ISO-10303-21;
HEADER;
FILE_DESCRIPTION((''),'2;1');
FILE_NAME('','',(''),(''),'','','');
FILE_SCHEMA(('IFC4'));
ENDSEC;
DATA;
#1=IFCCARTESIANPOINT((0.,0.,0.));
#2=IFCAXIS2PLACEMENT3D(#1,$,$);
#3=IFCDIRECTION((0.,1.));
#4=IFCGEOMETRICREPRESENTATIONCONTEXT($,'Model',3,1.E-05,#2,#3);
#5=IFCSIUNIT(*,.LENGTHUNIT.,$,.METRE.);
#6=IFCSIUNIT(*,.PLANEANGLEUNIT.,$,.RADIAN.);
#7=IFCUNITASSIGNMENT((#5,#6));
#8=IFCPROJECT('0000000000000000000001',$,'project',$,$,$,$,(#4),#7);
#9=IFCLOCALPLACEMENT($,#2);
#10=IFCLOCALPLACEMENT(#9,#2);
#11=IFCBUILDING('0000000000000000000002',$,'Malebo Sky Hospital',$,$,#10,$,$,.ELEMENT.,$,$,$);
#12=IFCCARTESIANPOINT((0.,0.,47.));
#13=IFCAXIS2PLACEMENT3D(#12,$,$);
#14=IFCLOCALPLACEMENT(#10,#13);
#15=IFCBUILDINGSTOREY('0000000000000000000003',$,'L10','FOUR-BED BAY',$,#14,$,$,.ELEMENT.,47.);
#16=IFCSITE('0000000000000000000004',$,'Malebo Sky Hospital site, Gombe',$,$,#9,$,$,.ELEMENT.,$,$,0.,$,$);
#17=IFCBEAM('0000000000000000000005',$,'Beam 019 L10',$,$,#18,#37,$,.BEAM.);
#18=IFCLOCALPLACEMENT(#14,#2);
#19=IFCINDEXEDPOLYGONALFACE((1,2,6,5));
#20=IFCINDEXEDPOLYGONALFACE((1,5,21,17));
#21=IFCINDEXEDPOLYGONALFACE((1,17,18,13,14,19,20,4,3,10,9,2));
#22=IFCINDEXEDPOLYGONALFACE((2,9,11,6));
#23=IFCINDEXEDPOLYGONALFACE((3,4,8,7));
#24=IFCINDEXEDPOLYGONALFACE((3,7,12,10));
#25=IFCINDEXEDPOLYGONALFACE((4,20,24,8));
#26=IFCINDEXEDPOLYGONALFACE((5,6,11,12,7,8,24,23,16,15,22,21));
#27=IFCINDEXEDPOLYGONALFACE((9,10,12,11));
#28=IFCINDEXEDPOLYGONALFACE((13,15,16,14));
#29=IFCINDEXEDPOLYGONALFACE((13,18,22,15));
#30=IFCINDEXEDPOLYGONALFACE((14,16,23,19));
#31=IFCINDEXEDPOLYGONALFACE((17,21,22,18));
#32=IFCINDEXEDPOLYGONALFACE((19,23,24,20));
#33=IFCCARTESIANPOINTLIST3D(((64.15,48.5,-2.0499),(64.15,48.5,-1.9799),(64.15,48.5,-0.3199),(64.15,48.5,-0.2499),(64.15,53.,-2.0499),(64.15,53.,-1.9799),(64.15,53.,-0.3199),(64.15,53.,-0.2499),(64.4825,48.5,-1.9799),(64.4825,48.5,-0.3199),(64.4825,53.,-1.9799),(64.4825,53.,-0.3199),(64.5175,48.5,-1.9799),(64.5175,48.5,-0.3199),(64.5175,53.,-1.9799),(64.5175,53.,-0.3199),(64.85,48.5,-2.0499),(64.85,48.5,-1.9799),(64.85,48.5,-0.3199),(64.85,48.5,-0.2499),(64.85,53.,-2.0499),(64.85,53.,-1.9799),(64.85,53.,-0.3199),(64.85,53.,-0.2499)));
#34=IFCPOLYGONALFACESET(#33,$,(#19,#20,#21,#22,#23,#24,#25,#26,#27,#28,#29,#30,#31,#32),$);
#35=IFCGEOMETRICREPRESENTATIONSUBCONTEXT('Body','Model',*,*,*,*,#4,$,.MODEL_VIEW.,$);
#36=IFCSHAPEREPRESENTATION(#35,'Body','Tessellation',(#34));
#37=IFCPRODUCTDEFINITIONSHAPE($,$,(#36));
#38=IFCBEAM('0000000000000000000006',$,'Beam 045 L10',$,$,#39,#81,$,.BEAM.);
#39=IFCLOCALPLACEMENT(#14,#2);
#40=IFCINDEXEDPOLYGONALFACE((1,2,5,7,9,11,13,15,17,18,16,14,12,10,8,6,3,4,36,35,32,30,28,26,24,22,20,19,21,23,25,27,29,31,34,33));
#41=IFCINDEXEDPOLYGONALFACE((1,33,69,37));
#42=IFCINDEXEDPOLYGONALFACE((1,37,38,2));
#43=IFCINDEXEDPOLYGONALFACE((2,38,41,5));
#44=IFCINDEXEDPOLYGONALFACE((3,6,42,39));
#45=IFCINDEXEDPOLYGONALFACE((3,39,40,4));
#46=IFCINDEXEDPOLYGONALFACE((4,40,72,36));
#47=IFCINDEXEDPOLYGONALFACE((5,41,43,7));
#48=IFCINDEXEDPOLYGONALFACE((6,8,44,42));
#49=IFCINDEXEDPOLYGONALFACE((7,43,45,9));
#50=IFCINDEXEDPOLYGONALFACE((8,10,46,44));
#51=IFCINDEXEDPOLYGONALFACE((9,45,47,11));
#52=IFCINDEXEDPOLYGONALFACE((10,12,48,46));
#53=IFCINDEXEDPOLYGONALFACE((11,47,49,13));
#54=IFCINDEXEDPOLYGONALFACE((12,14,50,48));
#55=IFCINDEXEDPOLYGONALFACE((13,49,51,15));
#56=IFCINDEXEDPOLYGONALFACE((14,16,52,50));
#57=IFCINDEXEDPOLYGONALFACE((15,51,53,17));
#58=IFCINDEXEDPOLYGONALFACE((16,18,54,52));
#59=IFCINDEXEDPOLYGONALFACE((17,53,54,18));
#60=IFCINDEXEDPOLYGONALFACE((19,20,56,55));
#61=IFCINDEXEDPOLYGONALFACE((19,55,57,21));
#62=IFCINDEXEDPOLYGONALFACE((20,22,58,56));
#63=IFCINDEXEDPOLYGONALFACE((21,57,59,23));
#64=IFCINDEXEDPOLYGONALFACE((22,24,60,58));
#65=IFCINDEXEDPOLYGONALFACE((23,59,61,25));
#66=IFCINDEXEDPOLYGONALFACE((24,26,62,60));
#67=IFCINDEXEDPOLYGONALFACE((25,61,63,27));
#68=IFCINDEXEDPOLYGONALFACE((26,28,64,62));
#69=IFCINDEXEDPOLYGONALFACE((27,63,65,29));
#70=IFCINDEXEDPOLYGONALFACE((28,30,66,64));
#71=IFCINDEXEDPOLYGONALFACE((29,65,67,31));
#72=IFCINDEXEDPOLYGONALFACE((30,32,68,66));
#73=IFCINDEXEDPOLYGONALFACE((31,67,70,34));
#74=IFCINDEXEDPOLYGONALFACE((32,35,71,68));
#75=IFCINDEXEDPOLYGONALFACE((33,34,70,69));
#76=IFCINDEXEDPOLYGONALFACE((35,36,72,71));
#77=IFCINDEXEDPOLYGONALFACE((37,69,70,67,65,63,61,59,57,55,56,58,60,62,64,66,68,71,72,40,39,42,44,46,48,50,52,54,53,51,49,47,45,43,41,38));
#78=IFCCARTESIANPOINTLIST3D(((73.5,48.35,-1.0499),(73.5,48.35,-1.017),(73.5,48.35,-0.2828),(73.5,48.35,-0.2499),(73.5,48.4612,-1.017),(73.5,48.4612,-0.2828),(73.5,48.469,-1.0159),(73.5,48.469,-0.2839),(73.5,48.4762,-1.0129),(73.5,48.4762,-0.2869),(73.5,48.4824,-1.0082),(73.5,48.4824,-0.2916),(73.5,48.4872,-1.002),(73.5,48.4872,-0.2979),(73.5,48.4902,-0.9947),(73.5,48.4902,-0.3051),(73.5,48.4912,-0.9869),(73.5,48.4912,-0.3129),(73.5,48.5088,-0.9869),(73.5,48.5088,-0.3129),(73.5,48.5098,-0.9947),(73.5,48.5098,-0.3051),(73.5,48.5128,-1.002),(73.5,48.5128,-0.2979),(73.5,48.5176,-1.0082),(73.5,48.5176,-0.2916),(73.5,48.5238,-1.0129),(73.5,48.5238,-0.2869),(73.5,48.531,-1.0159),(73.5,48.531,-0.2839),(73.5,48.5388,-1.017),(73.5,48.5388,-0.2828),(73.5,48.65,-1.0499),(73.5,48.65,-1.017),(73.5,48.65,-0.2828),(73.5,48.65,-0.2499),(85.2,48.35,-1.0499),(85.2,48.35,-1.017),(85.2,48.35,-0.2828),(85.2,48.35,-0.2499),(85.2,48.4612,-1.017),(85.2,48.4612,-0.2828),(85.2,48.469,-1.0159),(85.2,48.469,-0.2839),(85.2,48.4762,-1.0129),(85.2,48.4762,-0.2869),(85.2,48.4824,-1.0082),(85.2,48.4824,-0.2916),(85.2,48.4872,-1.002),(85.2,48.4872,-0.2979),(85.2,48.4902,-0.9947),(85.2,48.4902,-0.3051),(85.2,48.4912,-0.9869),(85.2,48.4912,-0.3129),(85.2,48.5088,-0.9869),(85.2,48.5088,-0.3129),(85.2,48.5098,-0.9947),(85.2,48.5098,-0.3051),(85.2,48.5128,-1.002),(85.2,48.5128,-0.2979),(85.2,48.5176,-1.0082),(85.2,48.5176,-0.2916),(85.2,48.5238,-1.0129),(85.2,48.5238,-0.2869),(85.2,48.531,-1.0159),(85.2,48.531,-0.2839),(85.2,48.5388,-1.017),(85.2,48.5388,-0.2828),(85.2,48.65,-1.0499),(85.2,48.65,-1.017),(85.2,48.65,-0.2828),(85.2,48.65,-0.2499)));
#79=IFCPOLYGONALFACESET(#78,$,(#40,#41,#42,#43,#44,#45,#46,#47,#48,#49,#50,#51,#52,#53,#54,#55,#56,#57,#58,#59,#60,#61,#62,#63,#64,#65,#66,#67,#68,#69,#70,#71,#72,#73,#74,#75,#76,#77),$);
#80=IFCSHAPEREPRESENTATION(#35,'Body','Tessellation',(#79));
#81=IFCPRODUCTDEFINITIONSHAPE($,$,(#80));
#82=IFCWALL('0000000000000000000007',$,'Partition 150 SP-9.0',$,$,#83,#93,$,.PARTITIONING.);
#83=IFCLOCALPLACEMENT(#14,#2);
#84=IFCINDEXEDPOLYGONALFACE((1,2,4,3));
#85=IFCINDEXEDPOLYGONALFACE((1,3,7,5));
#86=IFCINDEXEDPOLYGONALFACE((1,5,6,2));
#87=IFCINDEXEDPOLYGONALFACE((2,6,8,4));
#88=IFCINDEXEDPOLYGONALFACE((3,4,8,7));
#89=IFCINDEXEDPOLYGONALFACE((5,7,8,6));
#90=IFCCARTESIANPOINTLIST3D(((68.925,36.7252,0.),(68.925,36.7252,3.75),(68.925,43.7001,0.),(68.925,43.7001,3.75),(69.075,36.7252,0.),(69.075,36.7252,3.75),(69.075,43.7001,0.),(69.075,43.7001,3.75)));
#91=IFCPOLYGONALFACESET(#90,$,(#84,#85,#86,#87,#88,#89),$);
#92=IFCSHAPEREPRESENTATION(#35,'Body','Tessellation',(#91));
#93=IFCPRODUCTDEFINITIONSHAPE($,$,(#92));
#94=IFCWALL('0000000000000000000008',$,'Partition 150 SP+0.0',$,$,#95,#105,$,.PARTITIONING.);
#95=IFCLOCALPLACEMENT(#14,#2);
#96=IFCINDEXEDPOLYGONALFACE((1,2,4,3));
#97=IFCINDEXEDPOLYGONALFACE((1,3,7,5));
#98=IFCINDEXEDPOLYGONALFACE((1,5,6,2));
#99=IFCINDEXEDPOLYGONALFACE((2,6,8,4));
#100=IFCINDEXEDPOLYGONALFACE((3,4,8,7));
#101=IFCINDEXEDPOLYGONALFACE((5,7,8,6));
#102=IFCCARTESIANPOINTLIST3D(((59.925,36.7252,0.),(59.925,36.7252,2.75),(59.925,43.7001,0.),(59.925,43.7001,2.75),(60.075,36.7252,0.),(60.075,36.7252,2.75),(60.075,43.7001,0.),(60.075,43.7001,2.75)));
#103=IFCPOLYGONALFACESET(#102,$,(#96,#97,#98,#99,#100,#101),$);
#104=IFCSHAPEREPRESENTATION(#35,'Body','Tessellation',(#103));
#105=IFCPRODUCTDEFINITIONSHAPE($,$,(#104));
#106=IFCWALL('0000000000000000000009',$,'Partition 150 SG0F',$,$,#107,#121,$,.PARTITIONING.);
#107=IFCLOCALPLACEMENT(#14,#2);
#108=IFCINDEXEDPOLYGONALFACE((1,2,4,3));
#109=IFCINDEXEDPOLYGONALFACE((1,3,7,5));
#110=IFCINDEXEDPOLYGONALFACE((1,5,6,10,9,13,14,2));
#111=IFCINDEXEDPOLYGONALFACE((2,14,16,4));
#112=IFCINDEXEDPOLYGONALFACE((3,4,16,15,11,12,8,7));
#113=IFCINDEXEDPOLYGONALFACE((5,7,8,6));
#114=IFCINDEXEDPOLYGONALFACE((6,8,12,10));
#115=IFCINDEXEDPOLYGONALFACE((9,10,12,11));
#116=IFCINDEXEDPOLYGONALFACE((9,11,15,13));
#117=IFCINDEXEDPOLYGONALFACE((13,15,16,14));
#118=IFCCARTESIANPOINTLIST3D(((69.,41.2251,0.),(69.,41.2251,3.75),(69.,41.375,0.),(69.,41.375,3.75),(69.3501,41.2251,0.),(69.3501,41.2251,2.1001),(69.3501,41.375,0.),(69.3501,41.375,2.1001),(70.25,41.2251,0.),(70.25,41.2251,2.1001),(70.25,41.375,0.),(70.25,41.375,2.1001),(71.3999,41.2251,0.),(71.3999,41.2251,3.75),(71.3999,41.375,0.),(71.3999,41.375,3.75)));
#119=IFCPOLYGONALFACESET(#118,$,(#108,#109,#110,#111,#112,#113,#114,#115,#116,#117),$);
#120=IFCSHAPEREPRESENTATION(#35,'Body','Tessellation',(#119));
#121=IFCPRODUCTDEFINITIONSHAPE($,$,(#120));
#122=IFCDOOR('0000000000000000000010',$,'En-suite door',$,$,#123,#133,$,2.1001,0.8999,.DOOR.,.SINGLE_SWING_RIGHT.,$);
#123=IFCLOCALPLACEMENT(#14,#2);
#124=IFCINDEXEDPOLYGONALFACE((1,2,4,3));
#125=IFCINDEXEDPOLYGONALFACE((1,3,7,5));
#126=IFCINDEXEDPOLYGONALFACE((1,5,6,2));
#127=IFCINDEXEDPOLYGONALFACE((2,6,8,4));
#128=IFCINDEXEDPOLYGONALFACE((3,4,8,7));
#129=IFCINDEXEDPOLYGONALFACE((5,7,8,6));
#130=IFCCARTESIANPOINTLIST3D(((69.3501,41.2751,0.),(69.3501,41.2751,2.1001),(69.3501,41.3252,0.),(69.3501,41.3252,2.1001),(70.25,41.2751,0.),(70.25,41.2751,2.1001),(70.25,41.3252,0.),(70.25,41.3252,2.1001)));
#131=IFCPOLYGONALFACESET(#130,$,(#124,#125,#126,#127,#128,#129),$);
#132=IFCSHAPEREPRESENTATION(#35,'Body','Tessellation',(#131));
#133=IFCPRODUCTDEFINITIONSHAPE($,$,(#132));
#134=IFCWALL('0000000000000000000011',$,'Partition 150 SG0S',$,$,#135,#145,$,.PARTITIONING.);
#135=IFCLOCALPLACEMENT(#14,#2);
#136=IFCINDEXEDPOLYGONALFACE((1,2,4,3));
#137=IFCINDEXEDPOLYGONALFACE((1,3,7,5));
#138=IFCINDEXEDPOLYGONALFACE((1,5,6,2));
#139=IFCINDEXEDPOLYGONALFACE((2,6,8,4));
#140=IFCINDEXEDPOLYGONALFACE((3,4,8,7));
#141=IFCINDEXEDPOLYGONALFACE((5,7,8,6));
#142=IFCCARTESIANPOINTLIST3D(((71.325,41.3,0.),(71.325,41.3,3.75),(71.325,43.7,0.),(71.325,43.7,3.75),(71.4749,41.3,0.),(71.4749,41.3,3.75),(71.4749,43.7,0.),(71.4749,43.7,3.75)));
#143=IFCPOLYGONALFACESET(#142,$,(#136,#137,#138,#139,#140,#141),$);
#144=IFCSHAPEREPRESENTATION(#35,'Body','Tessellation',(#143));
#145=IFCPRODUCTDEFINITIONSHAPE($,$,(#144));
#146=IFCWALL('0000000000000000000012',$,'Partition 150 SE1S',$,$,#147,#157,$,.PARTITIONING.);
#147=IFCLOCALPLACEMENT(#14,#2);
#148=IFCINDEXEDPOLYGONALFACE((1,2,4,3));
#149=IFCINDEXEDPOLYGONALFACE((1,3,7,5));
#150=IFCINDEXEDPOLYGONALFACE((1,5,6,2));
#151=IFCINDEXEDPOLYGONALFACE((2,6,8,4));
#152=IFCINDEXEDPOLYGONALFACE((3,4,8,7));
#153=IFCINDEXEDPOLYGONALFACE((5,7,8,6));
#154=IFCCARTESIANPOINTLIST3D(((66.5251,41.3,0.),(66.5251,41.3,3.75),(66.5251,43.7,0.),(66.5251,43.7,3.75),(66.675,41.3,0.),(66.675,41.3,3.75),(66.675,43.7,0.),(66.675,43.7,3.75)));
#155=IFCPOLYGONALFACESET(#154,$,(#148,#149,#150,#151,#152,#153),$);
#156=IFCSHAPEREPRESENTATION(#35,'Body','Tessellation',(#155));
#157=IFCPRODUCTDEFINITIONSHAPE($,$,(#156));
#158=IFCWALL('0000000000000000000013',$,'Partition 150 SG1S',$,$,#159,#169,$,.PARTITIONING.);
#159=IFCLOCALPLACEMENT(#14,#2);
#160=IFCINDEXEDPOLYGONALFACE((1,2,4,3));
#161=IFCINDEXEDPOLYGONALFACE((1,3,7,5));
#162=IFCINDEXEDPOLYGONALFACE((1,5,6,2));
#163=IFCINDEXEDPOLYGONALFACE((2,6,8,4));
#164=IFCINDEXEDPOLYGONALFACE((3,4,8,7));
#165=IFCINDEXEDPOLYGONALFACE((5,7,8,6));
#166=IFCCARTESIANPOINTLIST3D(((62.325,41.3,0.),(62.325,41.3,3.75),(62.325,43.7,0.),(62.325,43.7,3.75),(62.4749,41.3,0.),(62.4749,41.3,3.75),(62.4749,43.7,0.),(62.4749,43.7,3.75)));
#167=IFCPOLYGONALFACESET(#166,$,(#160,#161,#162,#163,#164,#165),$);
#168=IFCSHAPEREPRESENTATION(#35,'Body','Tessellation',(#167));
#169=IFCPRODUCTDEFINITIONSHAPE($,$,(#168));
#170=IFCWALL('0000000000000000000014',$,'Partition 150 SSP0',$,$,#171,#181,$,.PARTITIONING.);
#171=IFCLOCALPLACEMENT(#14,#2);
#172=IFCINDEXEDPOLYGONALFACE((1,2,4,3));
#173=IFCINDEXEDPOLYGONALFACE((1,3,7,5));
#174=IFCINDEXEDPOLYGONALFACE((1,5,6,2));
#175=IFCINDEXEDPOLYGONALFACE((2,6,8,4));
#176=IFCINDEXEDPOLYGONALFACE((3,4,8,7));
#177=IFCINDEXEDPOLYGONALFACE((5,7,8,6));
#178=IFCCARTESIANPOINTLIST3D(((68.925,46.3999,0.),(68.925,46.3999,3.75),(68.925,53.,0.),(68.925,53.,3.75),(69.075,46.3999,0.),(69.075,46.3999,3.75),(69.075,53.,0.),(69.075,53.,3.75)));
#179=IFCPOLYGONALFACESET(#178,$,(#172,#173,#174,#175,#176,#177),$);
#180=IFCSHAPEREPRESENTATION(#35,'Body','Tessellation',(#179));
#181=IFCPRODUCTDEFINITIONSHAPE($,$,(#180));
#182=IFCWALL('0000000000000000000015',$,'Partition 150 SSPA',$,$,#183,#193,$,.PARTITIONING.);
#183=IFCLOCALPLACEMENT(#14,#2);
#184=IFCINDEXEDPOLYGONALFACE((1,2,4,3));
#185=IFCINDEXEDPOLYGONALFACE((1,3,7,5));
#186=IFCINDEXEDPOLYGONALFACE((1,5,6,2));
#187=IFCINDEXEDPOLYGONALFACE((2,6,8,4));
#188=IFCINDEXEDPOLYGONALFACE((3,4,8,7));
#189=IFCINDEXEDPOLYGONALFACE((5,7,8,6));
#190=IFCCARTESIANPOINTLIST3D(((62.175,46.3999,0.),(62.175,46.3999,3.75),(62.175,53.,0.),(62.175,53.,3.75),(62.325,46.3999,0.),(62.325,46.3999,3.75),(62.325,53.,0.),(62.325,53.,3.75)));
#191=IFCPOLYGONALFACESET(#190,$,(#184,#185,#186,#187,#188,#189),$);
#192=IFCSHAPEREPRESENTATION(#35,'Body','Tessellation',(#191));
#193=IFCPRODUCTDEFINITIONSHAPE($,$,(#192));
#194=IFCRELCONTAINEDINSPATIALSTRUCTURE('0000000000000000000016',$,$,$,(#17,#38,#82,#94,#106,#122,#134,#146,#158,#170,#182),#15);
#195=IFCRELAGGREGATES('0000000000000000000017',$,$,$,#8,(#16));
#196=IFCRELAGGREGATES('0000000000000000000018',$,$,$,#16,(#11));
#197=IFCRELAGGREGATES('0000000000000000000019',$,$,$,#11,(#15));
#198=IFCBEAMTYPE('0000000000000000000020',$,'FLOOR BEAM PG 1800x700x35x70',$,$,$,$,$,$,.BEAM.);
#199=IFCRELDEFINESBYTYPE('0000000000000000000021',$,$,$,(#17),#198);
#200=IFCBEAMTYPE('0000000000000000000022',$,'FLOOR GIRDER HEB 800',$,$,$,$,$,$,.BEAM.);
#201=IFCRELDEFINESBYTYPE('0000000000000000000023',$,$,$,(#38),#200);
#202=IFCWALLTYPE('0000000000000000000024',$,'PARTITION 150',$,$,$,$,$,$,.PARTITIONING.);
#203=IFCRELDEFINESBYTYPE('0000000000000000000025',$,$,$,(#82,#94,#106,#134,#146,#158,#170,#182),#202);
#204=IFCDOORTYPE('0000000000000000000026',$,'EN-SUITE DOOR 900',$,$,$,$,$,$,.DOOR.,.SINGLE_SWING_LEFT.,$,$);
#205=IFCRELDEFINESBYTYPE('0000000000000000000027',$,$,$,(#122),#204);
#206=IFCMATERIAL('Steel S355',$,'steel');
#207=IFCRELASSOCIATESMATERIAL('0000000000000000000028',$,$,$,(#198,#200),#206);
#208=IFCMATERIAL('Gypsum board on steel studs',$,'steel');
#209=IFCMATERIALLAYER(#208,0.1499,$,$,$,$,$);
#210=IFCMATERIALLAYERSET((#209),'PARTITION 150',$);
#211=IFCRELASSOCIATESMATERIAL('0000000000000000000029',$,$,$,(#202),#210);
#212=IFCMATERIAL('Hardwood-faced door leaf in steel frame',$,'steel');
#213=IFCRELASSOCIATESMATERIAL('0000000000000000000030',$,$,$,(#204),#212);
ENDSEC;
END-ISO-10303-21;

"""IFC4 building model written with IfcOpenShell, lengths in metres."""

from ifc_helpers import new_model, si_unit, direction, frame, frame_2d, origin, origin_2d, place, context, subcontext, project, spatial, rectangle, i_section, extrude, material, layer, layer_set, material_profile, profile_set, type_object, element, fill, save


model = new_model("IFC4")

# Units and contexts
model_context = context("Model", 3, precision=1e-05, world=origin(), true_north=direction((0.0, 1.0)))
body_context = subcontext(model_context, "Body", "Model", "MODEL_VIEW")
ifc_project = project(units=[si_unit("LENGTHUNIT", "METRE"), si_unit("PLANEANGLEUNIT", "RADIAN")], contexts=[model_context])

# Site, building, storey
site_placement = place(None, origin())
site = spatial("IfcSite", under=ifc_project, at=site_placement, Name="Malebo Sky Hospital site, Gombe", CompositionType="ELEMENT", RefElevation=0.0)
building_placement = place(site_placement, origin())
building = spatial("IfcBuilding", under=site, at=building_placement, Name="Malebo Sky Hospital", CompositionType="ELEMENT")
storey_placement = place(building_placement, frame((0.0, 0.0, 47.0)))
storey = spatial("IfcBuildingStorey", under=building, at=storey_placement, Name="L10", Description="FOUR-BED BAY", CompositionType="ELEMENT", Elevation=47.0)

# Beams
ifc_material_1 = material(Name="Steel S355", Category="steel")
ifc_material_profile_1 = material_profile(ifc_material_1, i_section(OverallWidth=0.7, OverallDepth=1.8, WebThickness=0.0349, FlangeThickness=0.0701, at=origin_2d()), Name="PG 1800x700x35x70")
ifc_profile_set_1 = profile_set([ifc_material_profile_1], Name="Steel S355")
beam_type_1 = type_object("IfcBeamType", Name="FLOOR BEAM PG 1800x700x35x70", PredefinedType="BEAM", material=ifc_profile_set_1)
beam_1_placement = place(storey_placement, frame((64.5, 48.5, -1.1499), z_axis=(0.0, 1.0, 0.0), x_axis=(-1.0, 0.0, 0.0)))
element("IfcBeam", 1, at=beam_1_placement, inside=storey, type_object=beam_type_1, Name="Beam 019 L10", PredefinedType="BEAM", context=body_context, shape_type="SweptSolid", body=[
    extrude(i_section(OverallWidth=0.7, OverallDepth=1.8, WebThickness=0.0349, FlangeThickness=0.0701, at=origin_2d()), origin(), (0.0, 0.0, 1.0), 4.5),
])
ifc_material_profile_2 = material_profile(ifc_material_1, i_section(OverallWidth=0.3, OverallDepth=0.8, WebThickness=0.0176, FlangeThickness=0.033, FilletRadius=0.03, at=origin_2d()), Name="HEB 800")
ifc_profile_set_2 = profile_set([ifc_material_profile_2], Name="Steel S355")
beam_type_2 = type_object("IfcBeamType", Name="FLOOR GIRDER HEB 800", PredefinedType="BEAM", material=ifc_profile_set_2)
beam_2_placement = place(storey_placement, frame((73.5, 48.5, -0.6499), z_axis=(1.0, 0.0, 0.0), x_axis=(0.0, 1.0, 0.0)))
element("IfcBeam", 2, at=beam_2_placement, inside=storey, type_object=beam_type_2, Name="Beam 045 L10", PredefinedType="BEAM", context=body_context, shape_type="SweptSolid", body=[
    extrude(i_section(OverallWidth=0.3, OverallDepth=0.8, WebThickness=0.0176, FlangeThickness=0.033, FilletRadius=0.03, at=origin_2d()), origin(), (0.0, 0.0, 1.0), 11.7),
])

# Walls
ifc_material_2 = material(Name="Gypsum board on steel studs", Category="steel")
ifc_layer = layer(ifc_material_2, 0.1499)
ifc_layer_set = layer_set([ifc_layer], Name="PARTITION 150")
wall_type = type_object("IfcWallType", Name="PARTITION 150", PredefinedType="PARTITIONING", material=ifc_layer_set)
wall_1_placement = place(storey_placement, frame((69.0, 43.7, 0.0), z_axis=(0.0, 0.0, 1.0), x_axis=(0.0, -1.0, 0.0)))
element("IfcWall", 3, at=wall_1_placement, inside=storey, type_object=wall_type, Name="Partition 150 SP-9.0", PredefinedType="PARTITIONING", context=body_context, shape_type="SweptSolid", body=[
    extrude(rectangle(XDim=6.9749, YDim=0.1499, at=frame_2d((3.4873, 0.0))), origin(), (0.0, 0.0, 1.0), 3.75),
])
wall_2_placement = place(storey_placement, frame((60.0, 43.7, 0.0), z_axis=(0.0, 0.0, 1.0), x_axis=(0.0, -1.0, 0.0)))
element("IfcWall", 4, at=wall_2_placement, inside=storey, type_object=wall_type, Name="Partition 150 SP+0.0", PredefinedType="PARTITIONING", context=body_context, shape_type="SweptSolid", body=[
    extrude(rectangle(XDim=6.9749, YDim=0.1499, at=frame_2d((3.4873, 0.0))), origin(), (0.0, 0.0, 1.0), 2.75),
])

# Wall, opening, door
wall_3_placement = place(storey_placement, frame((71.3999, 41.3, 0.0), z_axis=(0.0, 0.0, 1.0), x_axis=(-1.0, 0.0, 0.0)))
wall_3 = element("IfcWall", 5, at=wall_3_placement, inside=storey, type_object=wall_type, Name="Partition 150 SG0F", PredefinedType="PARTITIONING", context=body_context, shape_type="SweptSolid", body=[
    extrude(rectangle(XDim=2.3999, YDim=0.1499, at=frame_2d((1.2, 0.0))), origin(), (0.0, 0.0, 1.0), 3.75),
])
opening_placement = place(wall_3_placement, frame((1.1499, 0.0, 0.0)))
opening = element("IfcOpeningElement", 6, at=opening_placement, cuts=wall_3, PredefinedType="OPENING", context=body_context, shape_type="SweptSolid", body=[
    extrude(rectangle(XDim=0.8999, YDim=2.1001, at=frame_2d((0.45, 1.05))), frame((0.0, 0.085, 0.0), z_axis=(0.0, -1.0, 0.0), x_axis=(1.0, 0.0, 0.0)), (0.0, 0.0, 1.0), 0.1699),
])
ifc_material_3 = material(Name="Hardwood-faced door leaf in steel frame", Category="steel")
door_type = type_object("IfcDoorType", Name="EN-SUITE DOOR 900", OperationType="SINGLE_SWING_LEFT", PredefinedType="DOOR", material=ifc_material_3)
door_placement = place(opening_placement, origin())
door = element("IfcDoor", 7, at=door_placement, inside=storey, type_object=door_type, Name="En-suite door", OperationType="SINGLE_SWING_RIGHT", OverallHeight=2.1001, OverallWidth=0.8999, PredefinedType="DOOR", context=body_context, shape_type="SweptSolid", body=[
    extrude(rectangle(XDim=0.8999, YDim=2.1001, at=frame_2d((0.45, 1.05))), frame((0.0, 0.0249, 0.0), z_axis=(0.0, -1.0, 0.0), x_axis=(1.0, 0.0, 0.0)), (0.0, 0.0, 1.0), 0.05),
])
fill(opening, door)

# Walls
for number, where, z_axis, x_axis, name in (
    (8, (71.3999, 43.7, 0.0), (0.0, 0.0, 1.0), (0.0, -1.0, 0.0), "Partition 150 SG0S"),
    (9, (66.6001, 43.7, 0.0), (0.0, 0.0, 1.0), (0.0, -1.0, 0.0), "Partition 150 SE1S"),
    (10, (62.3999, 43.7, 0.0), (0.0, 0.0, 1.0), (0.0, -1.0, 0.0), "Partition 150 SG1S"),
):
    element("IfcWall", number, at=place(storey_placement, frame(where, z_axis=z_axis, x_axis=x_axis)), inside=storey, type_object=wall_type, Name=name, PredefinedType="PARTITIONING", context=body_context, shape_type="SweptSolid", body=[
        extrude(rectangle(XDim=2.3999, YDim=0.1499, at=frame_2d((1.2, 0.0))), origin(), (0.0, 0.0, 1.0), 3.75),
    ])
for number, where, z_axis, x_axis, name in (
    (11, (69.0, 53.0, 0.0), (0.0, 0.0, 1.0), (0.0, -1.0, 0.0), "Partition 150 SSP0"),
    (12, (62.25, 53.0, 0.0), (0.0, 0.0, 1.0), (0.0, -1.0, 0.0), "Partition 150 SSPA"),
):
    element("IfcWall", number, at=place(storey_placement, frame(where, z_axis=z_axis, x_axis=x_axis)), inside=storey, type_object=wall_type, Name=name, PredefinedType="PARTITIONING", context=body_context, shape_type="SweptSolid", body=[
        extrude(rectangle(XDim=6.6001, YDim=0.1499, at=frame_2d((3.3, 0.0))), origin(), (0.0, 0.0, 1.0), 3.75),
    ])

save(model, "model.ifc")
